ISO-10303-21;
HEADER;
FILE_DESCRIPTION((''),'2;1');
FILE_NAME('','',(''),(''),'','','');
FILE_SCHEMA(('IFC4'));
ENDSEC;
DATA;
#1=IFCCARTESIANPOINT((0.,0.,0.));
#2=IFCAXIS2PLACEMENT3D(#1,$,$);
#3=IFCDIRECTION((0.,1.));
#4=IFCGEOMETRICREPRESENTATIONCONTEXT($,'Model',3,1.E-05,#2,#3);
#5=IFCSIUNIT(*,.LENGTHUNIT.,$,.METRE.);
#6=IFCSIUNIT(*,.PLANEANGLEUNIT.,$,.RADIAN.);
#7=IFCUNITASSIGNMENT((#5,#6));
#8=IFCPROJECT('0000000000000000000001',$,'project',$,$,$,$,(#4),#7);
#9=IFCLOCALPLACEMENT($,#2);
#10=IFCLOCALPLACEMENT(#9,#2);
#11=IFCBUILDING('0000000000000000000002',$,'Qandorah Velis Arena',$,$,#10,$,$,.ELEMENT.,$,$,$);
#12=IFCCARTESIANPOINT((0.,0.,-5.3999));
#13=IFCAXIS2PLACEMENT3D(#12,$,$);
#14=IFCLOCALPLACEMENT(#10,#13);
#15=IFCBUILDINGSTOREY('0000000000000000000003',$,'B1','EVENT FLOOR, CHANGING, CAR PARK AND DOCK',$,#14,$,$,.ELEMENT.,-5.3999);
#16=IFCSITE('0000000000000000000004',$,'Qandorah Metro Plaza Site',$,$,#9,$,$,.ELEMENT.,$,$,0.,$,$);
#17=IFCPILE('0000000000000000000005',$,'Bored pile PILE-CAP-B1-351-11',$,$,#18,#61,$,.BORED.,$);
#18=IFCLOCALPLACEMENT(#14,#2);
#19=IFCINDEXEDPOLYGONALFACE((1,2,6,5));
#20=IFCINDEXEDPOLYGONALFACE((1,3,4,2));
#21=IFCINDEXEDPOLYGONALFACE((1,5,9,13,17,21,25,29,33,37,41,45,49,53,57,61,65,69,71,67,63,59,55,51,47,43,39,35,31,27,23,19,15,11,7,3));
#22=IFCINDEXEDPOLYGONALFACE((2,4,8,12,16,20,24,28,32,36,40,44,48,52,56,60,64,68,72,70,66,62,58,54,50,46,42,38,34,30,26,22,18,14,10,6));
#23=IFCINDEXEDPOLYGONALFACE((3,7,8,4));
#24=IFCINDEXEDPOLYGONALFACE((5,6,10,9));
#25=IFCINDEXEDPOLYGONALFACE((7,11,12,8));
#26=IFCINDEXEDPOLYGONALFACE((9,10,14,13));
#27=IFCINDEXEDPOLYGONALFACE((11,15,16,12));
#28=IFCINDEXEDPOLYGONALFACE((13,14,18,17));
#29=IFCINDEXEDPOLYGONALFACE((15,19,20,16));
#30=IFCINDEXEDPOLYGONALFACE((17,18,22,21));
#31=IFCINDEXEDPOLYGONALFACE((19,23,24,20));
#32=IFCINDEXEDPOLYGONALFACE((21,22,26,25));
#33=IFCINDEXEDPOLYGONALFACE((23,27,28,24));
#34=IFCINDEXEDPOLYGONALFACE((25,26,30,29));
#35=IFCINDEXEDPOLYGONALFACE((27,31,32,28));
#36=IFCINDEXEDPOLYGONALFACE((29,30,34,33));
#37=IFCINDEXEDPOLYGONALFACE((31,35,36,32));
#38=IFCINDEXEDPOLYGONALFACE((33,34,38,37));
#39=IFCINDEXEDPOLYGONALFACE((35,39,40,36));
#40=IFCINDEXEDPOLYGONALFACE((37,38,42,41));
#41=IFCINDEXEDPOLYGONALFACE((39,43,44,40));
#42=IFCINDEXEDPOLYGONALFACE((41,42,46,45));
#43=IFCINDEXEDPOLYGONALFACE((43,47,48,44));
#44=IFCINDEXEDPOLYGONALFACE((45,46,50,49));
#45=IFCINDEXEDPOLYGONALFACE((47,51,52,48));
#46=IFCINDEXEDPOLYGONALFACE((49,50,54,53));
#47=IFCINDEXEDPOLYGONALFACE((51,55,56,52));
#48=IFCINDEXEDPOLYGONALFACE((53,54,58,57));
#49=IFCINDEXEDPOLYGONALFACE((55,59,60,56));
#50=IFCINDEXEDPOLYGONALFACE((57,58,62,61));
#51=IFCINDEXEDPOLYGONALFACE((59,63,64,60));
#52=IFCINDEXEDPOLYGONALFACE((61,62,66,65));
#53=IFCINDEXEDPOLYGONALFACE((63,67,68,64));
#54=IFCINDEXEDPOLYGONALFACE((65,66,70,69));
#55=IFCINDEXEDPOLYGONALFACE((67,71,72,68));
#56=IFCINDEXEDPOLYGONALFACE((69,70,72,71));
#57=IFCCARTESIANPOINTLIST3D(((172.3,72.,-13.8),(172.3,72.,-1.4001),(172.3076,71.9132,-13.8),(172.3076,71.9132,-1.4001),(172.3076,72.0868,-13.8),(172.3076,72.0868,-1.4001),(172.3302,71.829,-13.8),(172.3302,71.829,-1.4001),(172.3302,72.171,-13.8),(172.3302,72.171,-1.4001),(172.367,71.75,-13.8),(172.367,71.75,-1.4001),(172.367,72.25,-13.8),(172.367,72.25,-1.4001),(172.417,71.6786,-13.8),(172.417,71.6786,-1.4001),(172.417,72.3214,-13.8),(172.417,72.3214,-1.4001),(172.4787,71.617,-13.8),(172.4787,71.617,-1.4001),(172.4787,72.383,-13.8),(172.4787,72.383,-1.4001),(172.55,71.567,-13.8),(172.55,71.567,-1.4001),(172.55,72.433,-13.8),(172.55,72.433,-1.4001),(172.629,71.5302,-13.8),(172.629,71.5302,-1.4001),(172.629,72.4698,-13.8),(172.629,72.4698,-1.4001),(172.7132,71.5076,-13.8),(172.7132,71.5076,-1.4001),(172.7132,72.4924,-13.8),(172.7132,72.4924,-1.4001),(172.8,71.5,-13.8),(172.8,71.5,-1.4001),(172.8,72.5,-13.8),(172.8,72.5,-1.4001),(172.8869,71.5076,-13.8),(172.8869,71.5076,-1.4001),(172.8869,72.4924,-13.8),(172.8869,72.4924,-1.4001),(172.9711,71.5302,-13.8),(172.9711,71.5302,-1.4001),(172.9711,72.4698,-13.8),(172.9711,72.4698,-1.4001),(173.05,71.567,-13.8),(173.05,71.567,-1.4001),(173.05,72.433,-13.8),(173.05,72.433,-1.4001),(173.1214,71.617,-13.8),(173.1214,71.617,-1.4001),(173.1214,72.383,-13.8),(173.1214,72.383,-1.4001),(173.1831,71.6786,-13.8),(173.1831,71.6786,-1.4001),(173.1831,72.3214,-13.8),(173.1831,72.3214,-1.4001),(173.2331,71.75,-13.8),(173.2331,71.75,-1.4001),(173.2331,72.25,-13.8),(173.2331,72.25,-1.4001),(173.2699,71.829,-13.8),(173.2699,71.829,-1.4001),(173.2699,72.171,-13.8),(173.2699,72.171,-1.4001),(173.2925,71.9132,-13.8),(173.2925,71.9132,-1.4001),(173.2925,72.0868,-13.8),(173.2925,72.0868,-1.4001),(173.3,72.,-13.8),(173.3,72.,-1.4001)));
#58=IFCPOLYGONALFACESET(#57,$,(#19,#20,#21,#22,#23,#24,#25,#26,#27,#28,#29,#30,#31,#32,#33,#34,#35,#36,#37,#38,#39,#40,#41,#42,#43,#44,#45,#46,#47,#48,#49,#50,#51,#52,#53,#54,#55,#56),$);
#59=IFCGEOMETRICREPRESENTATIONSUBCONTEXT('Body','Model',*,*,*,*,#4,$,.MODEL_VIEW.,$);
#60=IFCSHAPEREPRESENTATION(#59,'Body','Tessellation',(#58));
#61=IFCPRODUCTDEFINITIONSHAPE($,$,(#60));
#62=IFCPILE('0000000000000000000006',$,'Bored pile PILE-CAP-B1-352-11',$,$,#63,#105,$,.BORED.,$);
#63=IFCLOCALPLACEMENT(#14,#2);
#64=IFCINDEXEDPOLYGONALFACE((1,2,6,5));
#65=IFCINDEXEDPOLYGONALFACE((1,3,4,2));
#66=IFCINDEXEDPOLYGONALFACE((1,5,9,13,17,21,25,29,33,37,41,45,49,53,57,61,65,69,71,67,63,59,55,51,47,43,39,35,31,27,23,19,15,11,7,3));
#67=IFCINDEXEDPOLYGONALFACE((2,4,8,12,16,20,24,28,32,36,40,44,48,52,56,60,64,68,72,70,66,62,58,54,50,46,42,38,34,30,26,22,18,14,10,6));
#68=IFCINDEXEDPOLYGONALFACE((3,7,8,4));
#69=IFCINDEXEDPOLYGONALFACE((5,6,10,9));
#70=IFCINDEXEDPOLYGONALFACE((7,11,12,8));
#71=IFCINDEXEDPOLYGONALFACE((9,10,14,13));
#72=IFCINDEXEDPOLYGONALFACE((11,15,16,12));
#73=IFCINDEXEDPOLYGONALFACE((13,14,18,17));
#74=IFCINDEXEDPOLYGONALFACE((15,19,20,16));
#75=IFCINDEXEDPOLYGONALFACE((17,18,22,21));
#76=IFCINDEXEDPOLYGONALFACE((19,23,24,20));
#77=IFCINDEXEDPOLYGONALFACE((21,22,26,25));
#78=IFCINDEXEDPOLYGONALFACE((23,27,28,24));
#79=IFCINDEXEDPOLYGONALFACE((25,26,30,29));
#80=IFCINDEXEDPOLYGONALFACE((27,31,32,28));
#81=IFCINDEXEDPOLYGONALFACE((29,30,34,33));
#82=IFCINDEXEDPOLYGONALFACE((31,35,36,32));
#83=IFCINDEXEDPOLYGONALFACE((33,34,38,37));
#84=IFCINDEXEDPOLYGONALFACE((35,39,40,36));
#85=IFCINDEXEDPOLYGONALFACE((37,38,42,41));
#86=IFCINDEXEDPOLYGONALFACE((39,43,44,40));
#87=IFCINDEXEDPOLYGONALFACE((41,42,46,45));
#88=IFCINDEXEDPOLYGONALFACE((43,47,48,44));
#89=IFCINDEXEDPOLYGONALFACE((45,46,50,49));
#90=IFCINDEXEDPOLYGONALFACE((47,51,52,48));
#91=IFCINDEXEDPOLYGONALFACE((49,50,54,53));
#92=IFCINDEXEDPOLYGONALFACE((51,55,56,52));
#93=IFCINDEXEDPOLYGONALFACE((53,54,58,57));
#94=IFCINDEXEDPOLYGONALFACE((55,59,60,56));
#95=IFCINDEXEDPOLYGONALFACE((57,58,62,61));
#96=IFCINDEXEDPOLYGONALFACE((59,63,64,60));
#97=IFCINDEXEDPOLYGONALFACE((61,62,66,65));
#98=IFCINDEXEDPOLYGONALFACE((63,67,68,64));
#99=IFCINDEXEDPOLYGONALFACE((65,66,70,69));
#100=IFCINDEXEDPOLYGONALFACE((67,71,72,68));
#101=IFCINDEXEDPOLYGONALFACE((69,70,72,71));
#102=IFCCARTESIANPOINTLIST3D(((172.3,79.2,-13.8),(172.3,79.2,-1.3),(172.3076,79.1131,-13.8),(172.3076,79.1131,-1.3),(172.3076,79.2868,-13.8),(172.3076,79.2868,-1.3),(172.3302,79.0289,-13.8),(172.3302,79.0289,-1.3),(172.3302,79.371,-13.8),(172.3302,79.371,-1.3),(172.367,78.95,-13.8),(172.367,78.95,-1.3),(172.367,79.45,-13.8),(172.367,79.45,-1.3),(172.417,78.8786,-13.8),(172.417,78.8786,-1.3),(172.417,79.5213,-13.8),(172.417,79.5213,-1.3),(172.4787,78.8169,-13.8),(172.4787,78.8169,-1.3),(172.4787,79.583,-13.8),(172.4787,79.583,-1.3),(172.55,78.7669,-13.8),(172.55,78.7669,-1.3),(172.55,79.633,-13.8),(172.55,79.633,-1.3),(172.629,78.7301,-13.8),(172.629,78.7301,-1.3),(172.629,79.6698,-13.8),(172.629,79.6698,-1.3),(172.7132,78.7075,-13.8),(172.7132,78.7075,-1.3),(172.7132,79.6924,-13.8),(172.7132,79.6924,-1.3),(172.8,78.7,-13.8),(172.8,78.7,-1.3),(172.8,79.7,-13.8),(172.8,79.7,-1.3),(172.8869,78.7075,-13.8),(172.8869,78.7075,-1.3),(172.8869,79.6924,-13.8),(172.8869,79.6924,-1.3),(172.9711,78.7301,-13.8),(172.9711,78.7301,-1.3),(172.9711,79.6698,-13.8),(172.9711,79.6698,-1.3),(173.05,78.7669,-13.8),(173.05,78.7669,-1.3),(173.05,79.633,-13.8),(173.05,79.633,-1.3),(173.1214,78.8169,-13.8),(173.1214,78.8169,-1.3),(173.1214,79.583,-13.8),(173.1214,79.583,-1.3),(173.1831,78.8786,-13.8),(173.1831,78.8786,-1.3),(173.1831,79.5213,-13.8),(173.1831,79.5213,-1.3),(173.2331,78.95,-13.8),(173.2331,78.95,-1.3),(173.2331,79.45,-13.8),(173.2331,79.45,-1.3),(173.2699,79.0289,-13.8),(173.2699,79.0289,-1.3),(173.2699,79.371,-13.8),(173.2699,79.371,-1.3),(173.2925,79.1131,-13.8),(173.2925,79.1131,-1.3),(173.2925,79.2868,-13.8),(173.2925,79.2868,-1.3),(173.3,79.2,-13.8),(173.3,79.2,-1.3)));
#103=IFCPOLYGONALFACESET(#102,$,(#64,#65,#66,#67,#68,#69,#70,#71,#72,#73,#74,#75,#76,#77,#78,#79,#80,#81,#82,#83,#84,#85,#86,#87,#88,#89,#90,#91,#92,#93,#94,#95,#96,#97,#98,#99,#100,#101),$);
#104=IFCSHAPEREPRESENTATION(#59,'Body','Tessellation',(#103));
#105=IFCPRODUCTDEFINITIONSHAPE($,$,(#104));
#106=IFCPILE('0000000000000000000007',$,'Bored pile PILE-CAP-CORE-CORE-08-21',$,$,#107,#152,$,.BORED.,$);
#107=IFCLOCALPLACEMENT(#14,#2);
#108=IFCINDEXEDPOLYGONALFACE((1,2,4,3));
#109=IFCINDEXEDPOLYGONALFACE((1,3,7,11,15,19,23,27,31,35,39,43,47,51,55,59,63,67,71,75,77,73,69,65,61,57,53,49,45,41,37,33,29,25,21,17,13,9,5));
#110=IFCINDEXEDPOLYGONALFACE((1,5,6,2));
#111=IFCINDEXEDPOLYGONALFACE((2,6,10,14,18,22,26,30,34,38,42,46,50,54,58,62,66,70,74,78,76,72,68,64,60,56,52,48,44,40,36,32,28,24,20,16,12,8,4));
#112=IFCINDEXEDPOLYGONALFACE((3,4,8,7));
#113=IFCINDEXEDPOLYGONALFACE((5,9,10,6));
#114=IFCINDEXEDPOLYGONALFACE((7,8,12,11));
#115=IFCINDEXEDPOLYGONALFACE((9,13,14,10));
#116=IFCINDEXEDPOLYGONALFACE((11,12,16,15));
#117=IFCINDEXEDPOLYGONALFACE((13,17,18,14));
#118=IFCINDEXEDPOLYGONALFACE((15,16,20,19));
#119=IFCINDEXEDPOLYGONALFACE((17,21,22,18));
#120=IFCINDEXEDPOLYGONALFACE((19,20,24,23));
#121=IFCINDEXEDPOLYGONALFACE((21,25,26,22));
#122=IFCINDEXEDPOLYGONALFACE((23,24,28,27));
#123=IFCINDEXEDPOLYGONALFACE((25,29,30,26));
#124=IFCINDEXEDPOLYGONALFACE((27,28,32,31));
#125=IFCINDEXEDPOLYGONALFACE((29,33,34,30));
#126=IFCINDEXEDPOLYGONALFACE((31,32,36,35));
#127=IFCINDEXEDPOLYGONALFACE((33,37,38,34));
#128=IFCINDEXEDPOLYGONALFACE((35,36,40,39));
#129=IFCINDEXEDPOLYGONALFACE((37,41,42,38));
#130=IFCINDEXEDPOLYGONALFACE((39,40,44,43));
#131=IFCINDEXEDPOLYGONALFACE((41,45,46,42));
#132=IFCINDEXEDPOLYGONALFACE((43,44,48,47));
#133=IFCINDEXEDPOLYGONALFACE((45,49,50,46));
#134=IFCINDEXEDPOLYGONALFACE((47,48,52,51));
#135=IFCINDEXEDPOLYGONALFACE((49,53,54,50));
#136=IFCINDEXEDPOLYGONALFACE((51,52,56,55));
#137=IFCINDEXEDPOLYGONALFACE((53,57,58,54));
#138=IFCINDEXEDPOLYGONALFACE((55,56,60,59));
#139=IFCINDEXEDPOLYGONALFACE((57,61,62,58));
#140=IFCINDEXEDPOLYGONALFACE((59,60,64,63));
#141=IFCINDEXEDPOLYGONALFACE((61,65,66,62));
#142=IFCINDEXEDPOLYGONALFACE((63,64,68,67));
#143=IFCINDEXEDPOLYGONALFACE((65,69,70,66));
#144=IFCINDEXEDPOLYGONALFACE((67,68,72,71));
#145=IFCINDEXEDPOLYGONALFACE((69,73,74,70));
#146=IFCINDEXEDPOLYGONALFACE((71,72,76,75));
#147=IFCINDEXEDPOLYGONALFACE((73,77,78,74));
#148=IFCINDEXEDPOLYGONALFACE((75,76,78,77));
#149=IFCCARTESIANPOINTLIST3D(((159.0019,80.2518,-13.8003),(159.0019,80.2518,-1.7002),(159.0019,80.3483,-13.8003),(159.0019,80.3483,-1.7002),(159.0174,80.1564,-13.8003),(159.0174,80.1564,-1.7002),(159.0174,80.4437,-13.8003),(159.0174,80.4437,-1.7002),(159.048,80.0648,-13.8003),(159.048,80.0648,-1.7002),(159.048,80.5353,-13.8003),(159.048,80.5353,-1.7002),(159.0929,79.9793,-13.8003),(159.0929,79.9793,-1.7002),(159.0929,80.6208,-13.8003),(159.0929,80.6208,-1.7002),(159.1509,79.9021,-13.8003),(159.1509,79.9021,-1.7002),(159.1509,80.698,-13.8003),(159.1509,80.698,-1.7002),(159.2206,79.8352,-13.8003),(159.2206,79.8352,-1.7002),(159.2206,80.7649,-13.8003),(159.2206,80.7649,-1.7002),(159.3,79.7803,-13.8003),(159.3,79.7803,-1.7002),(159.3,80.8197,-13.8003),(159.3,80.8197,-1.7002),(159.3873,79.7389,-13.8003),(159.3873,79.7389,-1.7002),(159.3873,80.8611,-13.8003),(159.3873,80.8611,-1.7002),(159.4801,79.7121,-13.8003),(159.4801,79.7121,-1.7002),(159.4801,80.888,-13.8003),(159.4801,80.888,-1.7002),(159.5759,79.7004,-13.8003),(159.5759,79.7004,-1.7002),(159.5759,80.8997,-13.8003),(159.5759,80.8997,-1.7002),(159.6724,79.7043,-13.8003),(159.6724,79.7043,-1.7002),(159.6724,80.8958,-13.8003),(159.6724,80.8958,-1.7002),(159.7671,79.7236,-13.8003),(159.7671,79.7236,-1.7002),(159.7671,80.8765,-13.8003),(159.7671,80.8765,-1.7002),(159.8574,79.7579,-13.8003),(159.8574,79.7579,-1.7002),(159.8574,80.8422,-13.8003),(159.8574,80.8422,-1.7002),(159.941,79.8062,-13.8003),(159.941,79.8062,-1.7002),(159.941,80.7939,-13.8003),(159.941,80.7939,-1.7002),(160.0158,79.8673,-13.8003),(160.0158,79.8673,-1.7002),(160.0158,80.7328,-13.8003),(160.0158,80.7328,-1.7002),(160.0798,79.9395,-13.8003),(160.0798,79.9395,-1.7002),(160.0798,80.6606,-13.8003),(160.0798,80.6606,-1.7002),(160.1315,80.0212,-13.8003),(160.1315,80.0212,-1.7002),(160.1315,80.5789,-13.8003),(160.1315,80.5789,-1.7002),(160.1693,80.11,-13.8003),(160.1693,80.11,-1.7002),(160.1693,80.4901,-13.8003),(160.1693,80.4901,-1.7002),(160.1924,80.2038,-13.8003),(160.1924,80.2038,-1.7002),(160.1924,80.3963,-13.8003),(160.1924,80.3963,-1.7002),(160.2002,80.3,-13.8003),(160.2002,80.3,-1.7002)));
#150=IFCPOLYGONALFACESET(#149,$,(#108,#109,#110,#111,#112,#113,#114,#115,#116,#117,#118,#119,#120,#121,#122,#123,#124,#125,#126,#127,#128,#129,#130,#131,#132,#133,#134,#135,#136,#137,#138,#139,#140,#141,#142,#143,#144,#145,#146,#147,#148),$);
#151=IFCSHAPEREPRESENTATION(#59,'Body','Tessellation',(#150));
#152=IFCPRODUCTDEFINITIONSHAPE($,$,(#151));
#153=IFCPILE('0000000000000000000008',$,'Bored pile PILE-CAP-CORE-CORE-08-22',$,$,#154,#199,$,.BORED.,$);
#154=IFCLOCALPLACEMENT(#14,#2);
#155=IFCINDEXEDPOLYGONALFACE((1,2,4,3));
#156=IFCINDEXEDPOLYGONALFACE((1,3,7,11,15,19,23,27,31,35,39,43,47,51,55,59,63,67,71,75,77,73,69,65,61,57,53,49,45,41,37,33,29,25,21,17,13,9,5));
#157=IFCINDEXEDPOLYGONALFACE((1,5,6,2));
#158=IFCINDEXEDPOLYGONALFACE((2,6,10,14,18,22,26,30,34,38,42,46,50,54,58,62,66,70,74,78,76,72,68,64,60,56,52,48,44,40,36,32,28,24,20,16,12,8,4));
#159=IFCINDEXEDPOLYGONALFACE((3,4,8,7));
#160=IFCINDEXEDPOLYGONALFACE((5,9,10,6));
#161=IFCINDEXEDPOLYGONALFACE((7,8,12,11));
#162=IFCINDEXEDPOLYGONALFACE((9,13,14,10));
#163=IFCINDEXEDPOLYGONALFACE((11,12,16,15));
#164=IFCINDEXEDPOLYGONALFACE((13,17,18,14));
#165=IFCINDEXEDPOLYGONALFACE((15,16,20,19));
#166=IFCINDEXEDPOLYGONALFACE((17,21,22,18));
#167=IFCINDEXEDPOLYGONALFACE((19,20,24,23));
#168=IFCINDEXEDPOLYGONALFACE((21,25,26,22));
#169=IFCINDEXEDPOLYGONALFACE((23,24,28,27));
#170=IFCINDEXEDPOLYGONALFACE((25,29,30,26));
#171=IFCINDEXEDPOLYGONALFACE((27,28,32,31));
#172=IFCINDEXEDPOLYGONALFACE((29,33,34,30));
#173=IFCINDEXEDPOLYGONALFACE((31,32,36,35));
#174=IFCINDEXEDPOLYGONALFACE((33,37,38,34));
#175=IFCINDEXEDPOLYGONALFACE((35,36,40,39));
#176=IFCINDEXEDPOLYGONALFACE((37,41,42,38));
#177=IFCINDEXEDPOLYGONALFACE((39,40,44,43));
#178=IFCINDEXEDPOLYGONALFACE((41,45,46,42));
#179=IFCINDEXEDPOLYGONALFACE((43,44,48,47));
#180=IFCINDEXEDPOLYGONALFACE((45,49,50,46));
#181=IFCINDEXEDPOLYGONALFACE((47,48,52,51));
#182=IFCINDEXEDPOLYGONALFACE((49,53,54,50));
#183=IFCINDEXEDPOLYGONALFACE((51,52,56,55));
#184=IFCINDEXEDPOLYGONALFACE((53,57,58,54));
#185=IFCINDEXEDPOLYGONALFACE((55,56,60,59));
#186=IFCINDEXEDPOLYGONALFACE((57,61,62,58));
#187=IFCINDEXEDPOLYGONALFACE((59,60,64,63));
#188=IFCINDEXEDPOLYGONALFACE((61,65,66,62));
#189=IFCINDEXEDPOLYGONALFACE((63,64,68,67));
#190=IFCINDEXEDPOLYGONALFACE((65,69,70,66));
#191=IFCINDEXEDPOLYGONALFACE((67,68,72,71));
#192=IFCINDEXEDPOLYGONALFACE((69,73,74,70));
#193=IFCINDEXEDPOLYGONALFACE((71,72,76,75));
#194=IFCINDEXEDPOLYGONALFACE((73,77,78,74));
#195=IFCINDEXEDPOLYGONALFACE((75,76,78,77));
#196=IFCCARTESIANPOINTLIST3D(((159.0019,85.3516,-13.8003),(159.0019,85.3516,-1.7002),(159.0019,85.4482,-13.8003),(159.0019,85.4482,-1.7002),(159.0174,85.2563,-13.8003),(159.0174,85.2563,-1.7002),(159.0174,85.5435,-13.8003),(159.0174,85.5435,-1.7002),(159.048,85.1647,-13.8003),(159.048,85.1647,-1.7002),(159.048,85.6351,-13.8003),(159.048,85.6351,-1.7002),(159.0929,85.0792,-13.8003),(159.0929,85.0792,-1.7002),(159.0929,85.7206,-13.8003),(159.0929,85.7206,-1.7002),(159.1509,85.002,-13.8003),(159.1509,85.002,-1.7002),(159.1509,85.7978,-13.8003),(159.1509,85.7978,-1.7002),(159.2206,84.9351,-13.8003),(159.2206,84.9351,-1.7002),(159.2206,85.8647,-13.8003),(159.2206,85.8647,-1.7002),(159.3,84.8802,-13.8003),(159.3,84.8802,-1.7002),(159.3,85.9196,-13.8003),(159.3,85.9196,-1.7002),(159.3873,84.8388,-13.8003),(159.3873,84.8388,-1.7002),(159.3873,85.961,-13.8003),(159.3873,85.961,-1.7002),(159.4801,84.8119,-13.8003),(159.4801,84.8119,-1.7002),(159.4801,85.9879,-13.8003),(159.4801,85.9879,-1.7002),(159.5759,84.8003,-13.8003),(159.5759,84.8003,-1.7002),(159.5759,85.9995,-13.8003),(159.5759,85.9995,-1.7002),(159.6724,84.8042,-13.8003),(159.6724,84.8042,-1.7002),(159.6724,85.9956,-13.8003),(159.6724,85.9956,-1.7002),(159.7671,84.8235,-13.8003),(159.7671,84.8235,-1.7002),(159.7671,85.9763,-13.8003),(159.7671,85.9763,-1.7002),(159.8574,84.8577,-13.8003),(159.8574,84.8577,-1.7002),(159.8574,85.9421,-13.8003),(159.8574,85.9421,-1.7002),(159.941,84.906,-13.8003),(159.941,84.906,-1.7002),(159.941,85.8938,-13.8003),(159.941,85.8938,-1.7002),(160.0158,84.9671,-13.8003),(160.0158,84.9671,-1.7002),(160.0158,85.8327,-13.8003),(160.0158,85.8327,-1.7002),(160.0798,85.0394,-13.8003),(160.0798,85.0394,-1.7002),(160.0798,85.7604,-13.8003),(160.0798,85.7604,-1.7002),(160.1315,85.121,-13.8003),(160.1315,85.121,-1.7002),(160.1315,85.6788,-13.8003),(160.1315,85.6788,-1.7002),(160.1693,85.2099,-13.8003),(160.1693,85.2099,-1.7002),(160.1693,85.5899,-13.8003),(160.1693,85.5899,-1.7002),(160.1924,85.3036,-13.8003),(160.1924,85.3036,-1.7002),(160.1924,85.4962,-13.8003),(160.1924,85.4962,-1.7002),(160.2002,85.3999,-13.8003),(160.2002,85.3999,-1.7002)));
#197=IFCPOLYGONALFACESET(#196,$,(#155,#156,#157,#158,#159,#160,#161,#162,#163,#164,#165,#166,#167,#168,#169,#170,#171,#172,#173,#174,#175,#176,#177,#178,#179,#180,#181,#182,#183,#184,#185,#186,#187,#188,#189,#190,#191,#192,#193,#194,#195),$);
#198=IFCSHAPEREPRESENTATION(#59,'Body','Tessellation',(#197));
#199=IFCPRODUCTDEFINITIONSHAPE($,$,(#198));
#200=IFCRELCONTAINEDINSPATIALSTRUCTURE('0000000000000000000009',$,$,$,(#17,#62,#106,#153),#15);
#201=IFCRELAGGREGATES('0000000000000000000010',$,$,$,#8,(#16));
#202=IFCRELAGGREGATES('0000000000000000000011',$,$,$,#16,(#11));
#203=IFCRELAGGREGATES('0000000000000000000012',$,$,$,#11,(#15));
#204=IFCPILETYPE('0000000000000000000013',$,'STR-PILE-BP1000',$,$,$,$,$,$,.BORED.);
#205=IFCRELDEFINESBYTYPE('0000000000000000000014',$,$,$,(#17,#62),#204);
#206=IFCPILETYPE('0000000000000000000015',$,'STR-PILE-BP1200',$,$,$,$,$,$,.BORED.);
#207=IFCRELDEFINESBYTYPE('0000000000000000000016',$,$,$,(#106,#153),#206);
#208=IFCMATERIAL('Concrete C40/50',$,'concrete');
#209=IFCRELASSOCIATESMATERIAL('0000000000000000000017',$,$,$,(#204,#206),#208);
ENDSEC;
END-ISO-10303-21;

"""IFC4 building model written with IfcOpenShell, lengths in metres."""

from ifc_helpers import new_model, si_unit, direction, frame, origin, origin_2d, place, context, subcontext, project, spatial, circle, extrude, material, material_profile, profile_set, type_object, element, save


model = new_model("IFC4")

# Units and contexts
model_context = context("Model", 3, precision=1e-05, world=origin(), true_north=direction((0.0, 1.0)))
body_context = subcontext(model_context, "Body", "Model", "MODEL_VIEW")
ifc_project = project(units=[si_unit("LENGTHUNIT", "METRE"), si_unit("PLANEANGLEUNIT", "RADIAN")], contexts=[model_context])

# Site, building, storey
site_placement = place(None, origin())
site = spatial("IfcSite", under=ifc_project, at=site_placement, Name="Qandorah Metro Plaza Site", CompositionType="ELEMENT", RefElevation=0.0)
building_placement = place(site_placement, origin())
building = spatial("IfcBuilding", under=site, at=building_placement, Name="Qandorah Velis Arena", CompositionType="ELEMENT")
storey_placement = place(building_placement, frame((0.0, 0.0, -5.3999)))
storey = spatial("IfcBuildingStorey", under=building, at=storey_placement, Name="B1", Description="EVENT FLOOR, CHANGING, CAR PARK AND DOCK", CompositionType="ELEMENT", Elevation=-5.3999)

# Shared definitions
ifc_material_1 = material(Name="Concrete C40/50", Category="concrete")

# Piles
ifc_material_profile_1 = material_profile(ifc_material_1, circle(Radius=0.5, at=origin_2d()), Name="BORED PILE D1000")
ifc_profile_set_1 = profile_set([ifc_material_profile_1], Name="Concrete C40/50")
pile_type_1 = type_object("IfcPileType", Name="STR-PILE-BP1000", PredefinedType="BORED", material=ifc_profile_set_1)
pile_1_placement = place(storey_placement, frame((172.8, 72.0, -1.4001), z_axis=(0.0, 0.0, -1.0), x_axis=(1.0, 0.0, 0.0)))
element("IfcPile", 1, at=pile_1_placement, inside=storey, type_object=pile_type_1, Name="Bored pile PILE-CAP-B1-351-11", PredefinedType="BORED", context=body_context, shape_type="SweptSolid", body=[
    extrude(circle(Radius=0.5, at=origin_2d()), origin(), (0.0, 0.0, 1.0), 12.3999),
])
pile_2_placement = place(storey_placement, frame((172.8, 79.2, -1.3), z_axis=(0.0, 0.0, -1.0), x_axis=(1.0, 0.0, 0.0)))
element("IfcPile", 2, at=pile_2_placement, inside=storey, type_object=pile_type_1, Name="Bored pile PILE-CAP-B1-352-11", PredefinedType="BORED", context=body_context, shape_type="SweptSolid", body=[
    extrude(circle(Radius=0.5, at=origin_2d()), origin(), (0.0, 0.0, 1.0), 12.5),
])
ifc_material_profile_2 = material_profile(ifc_material_1, circle(Radius=0.6001, at=origin_2d()), Name="BORED PILE D1200")
ifc_profile_set_2 = profile_set([ifc_material_profile_2], Name="Concrete C40/50")
pile_type_2 = type_object("IfcPileType", Name="STR-PILE-BP1200", PredefinedType="BORED", material=ifc_profile_set_2)
for number, where, z_axis, x_axis, name in (
    (3, (159.6001, 80.3, -1.7002), (0.0, 0.0, -1.0), (1.0, 0.0, 0.0), "Bored pile PILE-CAP-CORE-CORE-08-21"),
    (4, (159.6001, 85.3999, -1.7002), (0.0, 0.0, -1.0), (1.0, 0.0, 0.0), "Bored pile PILE-CAP-CORE-CORE-08-22"),
):
    element("IfcPile", number, at=place(storey_placement, frame(where, z_axis=z_axis, x_axis=x_axis)), inside=storey, type_object=pile_type_2, Name=name, PredefinedType="BORED", context=body_context, shape_type="SweptSolid", body=[
        extrude(circle(Radius=0.6001, at=origin_2d()), origin(), (0.0, 0.0, 1.0), 12.1001),
    ])

save(model, "model.ifc")
